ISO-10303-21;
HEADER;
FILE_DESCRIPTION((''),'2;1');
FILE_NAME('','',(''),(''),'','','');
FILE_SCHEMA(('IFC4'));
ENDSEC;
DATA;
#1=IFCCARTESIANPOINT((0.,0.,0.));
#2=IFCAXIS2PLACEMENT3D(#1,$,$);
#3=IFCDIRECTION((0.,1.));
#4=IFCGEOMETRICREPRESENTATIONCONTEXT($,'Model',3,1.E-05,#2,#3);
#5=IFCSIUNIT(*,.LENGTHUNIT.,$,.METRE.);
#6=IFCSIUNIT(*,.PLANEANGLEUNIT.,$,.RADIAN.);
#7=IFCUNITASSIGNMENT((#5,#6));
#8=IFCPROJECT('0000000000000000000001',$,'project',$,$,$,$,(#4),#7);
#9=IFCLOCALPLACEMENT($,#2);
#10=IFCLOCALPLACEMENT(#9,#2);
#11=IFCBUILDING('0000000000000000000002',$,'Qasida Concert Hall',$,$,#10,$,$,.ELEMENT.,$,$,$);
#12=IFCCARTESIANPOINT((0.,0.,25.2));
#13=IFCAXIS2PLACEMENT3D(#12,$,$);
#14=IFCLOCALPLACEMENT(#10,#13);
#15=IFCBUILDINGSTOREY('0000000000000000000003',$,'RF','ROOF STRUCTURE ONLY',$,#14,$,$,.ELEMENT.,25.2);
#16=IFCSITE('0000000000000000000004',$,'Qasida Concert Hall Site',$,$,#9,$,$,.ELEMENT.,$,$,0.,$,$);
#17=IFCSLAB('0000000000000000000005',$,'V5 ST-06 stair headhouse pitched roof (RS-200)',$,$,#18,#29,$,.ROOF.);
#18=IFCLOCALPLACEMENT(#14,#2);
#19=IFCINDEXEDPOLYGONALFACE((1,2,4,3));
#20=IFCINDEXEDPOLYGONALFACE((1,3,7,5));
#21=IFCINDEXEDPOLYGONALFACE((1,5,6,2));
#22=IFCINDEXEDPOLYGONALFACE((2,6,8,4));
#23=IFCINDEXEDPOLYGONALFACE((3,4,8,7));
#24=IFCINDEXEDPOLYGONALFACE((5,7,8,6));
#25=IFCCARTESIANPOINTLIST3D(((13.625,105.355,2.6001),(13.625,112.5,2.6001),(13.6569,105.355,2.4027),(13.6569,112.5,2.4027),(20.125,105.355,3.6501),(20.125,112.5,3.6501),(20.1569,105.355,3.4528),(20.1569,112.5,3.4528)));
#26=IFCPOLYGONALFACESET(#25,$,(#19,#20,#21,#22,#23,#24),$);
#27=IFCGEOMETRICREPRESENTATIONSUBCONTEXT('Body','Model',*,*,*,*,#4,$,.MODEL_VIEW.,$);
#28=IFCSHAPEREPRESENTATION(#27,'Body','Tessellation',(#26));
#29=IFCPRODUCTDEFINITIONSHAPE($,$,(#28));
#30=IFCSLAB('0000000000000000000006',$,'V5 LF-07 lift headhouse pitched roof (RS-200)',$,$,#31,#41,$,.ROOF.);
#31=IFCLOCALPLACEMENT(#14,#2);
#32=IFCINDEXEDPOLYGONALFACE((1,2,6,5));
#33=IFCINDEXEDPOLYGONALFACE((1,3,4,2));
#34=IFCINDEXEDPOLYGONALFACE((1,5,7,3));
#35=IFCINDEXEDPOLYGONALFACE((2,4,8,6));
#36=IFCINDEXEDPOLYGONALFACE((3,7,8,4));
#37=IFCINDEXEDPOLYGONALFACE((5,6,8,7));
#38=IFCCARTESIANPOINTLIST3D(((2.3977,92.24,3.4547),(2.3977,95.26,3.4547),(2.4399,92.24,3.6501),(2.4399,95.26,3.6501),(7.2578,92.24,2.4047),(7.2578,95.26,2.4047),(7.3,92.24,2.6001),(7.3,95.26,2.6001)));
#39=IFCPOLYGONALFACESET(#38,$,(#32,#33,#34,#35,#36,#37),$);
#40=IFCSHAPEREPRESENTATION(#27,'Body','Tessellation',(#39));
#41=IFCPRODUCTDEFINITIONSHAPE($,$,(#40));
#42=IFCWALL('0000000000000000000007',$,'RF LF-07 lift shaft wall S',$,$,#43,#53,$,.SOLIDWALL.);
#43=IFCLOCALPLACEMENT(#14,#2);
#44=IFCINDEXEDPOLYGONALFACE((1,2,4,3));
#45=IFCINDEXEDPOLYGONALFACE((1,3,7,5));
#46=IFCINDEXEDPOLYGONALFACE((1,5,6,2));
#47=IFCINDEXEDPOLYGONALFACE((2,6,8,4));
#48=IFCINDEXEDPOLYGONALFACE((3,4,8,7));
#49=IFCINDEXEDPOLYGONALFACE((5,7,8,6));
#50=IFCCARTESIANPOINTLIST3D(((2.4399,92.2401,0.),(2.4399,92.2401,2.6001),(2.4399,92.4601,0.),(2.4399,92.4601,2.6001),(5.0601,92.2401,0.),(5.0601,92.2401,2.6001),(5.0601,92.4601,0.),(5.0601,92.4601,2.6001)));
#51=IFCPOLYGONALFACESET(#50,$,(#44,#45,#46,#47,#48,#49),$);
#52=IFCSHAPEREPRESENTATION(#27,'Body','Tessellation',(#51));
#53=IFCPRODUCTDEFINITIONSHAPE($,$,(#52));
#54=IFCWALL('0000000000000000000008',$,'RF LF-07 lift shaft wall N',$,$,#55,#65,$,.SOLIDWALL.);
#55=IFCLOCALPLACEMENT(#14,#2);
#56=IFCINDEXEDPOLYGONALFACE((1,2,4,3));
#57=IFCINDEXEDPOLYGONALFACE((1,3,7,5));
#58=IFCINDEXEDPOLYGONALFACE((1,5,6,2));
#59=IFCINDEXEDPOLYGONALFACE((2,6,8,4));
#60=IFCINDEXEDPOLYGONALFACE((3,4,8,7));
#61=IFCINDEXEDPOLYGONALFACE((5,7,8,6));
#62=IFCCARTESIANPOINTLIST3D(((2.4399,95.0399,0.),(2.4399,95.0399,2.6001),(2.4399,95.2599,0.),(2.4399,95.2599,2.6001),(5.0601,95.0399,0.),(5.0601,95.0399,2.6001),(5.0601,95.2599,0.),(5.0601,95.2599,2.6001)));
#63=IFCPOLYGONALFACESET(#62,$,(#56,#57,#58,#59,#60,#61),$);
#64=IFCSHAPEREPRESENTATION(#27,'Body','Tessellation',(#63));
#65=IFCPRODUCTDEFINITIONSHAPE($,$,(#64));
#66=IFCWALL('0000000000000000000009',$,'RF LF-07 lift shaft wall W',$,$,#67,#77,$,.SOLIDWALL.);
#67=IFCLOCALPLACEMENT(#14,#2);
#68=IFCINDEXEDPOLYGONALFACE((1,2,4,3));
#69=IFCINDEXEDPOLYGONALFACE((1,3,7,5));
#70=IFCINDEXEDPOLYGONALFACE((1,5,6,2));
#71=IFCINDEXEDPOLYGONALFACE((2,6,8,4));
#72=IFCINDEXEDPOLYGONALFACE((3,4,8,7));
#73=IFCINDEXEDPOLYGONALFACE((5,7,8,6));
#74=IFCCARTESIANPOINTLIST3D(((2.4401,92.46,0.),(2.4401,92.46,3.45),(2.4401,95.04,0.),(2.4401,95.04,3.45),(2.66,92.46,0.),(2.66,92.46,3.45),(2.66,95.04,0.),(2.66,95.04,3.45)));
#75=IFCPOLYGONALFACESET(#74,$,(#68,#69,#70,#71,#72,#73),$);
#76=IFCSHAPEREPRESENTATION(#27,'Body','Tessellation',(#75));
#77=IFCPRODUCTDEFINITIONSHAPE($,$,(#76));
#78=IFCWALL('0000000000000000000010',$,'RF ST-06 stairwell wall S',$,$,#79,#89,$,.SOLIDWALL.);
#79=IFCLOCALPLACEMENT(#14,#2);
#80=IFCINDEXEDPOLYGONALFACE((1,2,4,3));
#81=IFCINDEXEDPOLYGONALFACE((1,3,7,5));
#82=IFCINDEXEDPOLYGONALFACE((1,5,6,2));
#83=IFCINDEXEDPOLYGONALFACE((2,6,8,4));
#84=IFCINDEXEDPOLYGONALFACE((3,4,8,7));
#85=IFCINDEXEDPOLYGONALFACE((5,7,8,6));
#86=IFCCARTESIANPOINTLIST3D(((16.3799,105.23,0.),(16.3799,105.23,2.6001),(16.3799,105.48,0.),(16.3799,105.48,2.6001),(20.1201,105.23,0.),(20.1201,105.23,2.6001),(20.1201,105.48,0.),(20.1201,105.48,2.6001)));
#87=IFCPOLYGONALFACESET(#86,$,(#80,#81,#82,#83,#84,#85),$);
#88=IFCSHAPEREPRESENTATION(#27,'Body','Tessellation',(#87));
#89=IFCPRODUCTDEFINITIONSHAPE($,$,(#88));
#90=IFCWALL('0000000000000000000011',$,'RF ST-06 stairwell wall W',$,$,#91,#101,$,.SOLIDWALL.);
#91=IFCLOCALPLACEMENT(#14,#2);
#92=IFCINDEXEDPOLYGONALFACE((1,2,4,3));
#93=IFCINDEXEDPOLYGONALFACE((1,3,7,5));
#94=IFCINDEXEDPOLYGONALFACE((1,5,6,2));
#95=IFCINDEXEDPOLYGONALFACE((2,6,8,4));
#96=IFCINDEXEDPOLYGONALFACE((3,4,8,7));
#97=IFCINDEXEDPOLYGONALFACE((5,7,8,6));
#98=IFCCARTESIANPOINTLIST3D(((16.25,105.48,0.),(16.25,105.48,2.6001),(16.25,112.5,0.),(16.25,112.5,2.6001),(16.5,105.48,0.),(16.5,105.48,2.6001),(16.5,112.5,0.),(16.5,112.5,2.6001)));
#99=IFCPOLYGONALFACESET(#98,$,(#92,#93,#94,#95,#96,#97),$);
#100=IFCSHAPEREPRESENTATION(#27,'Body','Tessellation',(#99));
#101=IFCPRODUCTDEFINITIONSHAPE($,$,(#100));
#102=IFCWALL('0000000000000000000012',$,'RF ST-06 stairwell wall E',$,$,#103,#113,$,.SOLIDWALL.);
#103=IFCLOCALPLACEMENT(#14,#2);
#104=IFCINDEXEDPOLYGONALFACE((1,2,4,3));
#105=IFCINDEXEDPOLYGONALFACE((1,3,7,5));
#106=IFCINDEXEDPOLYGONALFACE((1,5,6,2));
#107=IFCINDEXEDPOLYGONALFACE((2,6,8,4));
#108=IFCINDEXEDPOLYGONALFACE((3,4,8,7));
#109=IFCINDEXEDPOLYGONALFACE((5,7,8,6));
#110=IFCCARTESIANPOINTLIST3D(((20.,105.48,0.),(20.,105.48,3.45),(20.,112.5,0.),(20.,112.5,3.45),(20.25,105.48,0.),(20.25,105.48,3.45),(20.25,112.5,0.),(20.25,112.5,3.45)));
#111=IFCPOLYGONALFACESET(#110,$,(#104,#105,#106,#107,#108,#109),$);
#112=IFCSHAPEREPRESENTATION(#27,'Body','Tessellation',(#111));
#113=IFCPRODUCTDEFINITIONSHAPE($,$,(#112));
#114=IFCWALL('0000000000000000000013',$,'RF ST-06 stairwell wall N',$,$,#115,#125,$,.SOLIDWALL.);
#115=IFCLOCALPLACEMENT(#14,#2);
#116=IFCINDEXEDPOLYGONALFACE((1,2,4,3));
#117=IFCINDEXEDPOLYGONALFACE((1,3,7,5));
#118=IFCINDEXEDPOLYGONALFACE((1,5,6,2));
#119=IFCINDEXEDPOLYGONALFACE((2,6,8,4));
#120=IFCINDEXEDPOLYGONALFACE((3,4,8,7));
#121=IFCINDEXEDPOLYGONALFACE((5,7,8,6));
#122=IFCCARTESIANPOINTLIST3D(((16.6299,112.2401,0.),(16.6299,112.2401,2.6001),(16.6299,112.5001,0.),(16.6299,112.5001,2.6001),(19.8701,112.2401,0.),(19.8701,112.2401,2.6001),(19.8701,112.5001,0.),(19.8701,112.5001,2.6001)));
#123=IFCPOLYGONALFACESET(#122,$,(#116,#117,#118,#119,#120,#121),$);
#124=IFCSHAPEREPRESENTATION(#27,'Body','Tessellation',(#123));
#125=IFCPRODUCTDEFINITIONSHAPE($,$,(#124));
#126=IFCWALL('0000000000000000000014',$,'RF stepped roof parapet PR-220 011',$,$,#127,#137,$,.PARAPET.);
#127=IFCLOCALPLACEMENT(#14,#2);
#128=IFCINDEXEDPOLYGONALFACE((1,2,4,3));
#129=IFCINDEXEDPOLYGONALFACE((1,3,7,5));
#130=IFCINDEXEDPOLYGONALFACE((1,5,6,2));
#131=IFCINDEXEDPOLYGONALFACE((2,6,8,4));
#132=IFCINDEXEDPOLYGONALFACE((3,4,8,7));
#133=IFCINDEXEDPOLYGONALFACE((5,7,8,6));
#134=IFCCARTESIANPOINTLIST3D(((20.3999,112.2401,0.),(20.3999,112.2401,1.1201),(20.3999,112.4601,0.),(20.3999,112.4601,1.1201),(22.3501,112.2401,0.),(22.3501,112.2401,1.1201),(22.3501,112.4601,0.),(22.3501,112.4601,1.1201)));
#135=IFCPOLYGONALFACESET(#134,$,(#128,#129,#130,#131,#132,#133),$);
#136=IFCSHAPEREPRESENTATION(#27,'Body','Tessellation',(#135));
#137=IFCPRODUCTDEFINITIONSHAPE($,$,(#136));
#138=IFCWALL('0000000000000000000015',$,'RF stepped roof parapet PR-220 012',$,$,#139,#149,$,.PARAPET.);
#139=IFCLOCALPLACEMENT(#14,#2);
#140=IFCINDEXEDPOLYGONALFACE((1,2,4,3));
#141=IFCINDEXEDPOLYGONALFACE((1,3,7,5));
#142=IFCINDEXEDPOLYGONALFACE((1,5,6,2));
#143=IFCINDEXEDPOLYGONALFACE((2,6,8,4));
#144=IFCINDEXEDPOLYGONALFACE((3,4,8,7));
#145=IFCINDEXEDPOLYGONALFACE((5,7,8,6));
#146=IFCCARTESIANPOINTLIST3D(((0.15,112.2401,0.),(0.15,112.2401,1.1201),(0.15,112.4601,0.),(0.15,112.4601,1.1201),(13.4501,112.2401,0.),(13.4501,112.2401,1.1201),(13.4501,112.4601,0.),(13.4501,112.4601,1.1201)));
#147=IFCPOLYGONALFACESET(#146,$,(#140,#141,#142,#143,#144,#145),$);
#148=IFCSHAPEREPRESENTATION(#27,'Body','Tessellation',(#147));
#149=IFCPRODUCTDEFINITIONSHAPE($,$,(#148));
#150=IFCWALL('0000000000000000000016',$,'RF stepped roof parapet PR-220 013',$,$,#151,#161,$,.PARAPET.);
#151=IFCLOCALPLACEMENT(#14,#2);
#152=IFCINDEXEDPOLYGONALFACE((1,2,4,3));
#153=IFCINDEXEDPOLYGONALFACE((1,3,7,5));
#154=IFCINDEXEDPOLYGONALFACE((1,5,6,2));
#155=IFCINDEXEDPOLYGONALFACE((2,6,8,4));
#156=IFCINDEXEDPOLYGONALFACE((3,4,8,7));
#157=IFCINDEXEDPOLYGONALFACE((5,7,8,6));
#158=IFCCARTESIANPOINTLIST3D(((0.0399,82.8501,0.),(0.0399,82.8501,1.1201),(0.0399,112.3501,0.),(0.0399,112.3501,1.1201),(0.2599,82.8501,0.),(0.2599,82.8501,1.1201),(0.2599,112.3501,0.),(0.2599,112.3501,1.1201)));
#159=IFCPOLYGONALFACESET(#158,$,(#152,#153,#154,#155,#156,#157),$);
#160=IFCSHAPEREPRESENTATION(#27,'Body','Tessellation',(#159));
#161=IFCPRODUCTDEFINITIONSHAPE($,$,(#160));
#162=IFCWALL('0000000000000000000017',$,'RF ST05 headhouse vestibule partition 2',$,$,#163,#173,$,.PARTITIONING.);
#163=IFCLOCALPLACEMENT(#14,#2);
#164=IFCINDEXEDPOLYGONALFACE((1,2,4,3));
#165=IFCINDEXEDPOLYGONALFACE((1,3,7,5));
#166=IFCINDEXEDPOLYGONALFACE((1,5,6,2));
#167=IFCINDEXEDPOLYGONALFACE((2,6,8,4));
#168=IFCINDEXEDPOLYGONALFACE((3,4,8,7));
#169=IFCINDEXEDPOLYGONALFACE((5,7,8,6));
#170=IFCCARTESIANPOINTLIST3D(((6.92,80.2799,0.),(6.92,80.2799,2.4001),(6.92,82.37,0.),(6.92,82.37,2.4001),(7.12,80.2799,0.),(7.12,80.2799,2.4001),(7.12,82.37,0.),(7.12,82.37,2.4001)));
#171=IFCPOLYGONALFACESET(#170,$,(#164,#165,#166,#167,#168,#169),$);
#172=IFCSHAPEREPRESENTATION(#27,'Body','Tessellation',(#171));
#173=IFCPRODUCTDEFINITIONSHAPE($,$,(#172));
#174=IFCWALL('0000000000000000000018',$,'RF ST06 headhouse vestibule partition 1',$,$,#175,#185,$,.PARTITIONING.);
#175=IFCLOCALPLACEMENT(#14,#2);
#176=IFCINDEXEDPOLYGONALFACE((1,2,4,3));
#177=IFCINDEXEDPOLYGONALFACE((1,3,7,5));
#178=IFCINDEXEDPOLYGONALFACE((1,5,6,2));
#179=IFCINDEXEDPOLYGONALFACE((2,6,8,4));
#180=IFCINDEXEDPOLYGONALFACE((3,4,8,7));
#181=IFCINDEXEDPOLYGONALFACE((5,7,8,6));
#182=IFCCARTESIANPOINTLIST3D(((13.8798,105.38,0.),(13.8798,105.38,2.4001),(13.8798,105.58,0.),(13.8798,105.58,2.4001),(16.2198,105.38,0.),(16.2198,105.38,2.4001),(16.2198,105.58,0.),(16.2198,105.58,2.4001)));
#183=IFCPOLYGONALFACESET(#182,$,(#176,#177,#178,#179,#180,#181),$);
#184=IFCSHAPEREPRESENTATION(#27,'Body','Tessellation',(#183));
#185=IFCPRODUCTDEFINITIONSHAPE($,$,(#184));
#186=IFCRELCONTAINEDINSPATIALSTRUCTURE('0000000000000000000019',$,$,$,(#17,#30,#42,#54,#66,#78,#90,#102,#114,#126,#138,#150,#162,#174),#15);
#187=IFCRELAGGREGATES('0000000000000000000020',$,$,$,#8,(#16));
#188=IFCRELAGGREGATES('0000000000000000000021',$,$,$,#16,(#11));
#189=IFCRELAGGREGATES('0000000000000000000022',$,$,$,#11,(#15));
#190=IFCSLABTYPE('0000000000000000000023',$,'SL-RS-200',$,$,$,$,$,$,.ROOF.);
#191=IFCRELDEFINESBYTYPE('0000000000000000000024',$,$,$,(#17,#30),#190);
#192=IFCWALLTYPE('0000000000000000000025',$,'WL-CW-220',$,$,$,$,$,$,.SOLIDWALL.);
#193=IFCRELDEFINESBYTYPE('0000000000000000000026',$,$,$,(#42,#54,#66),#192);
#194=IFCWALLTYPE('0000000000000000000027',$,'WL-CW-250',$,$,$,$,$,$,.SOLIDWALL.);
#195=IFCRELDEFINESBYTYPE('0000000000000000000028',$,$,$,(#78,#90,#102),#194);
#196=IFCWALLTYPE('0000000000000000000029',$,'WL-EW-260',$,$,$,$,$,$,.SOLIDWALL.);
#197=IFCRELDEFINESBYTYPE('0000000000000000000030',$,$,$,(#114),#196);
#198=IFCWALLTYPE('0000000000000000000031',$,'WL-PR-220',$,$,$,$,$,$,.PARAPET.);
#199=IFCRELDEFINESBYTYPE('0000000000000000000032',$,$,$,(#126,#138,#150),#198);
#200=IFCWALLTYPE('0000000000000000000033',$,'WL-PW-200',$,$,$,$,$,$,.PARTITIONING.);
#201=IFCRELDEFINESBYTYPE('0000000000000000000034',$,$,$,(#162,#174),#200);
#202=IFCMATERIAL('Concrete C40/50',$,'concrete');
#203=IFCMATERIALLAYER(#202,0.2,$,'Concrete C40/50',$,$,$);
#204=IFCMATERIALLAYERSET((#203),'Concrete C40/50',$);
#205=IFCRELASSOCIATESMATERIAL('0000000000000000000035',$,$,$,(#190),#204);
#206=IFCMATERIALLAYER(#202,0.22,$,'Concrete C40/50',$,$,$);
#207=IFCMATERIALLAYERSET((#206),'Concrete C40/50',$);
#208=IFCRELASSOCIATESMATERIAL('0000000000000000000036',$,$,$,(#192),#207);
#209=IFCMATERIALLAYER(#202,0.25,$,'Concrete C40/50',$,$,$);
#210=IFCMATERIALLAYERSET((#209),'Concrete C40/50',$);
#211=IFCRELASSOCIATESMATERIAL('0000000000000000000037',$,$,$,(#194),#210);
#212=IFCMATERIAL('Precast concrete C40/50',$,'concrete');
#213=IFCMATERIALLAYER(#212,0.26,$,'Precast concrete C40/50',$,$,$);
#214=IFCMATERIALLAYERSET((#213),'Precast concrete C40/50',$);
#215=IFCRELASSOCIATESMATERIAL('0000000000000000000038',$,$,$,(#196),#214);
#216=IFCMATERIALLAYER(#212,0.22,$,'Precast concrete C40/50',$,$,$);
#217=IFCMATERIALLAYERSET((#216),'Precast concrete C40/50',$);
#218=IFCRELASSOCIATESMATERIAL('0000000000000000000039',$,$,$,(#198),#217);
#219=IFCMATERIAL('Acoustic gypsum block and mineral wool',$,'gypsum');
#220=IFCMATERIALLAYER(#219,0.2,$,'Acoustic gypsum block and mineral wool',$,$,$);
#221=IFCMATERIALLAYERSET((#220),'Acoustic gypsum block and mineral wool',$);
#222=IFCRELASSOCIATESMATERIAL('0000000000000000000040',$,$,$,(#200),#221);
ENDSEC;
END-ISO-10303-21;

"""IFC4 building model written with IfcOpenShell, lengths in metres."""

from ifc_helpers import new_model, si_unit, direction, frame, frame_2d, origin, place, context, subcontext, project, spatial, polyline, rectangle, outline, extrude, material, layer, layer_set, type_object, element, save


model = new_model("IFC4")

# Units and contexts
model_context = context("Model", 3, precision=1e-05, world=origin(), true_north=direction((0.0, 1.0)))
body_context = subcontext(model_context, "Body", "Model", "MODEL_VIEW")
ifc_project = project(units=[si_unit("LENGTHUNIT", "METRE"), si_unit("PLANEANGLEUNIT", "RADIAN")], contexts=[model_context])

# Site, building, storey
site_placement = place(None, origin())
site = spatial("IfcSite", under=ifc_project, at=site_placement, Name="Qasida Concert Hall Site", CompositionType="ELEMENT", RefElevation=0.0)
building_placement = place(site_placement, origin())
building = spatial("IfcBuilding", under=site, at=building_placement, Name="Qasida Concert Hall", CompositionType="ELEMENT")
storey_placement = place(building_placement, frame((0.0, 0.0, 25.2)))
storey = spatial("IfcBuildingStorey", under=building, at=storey_placement, Name="RF", Description="ROOF STRUCTURE ONLY", CompositionType="ELEMENT", Elevation=25.2)

# Slabs
ifc_material_1 = material(Name="Concrete C40/50", Category="concrete")
ifc_layer_1 = layer(ifc_material_1, 0.2, Name="Concrete C40/50")
ifc_layer_set_1 = layer_set([ifc_layer_1], Name="Concrete C40/50")
slab_type = type_object("IfcSlabType", Name="SL-RS-200", PredefinedType="ROOF", material=ifc_layer_set_1)
slab_1_placement = place(storey_placement, frame((20.125, 105.355, 3.6501), z_axis=(-0.159478, 0.0, 0.987201), x_axis=(0.0, 1.0, 0.0)))
element("IfcSlab", 1, at=slab_1_placement, inside=storey, type_object=slab_type, Name="V5 ST-06 stair headhouse pitched roof (RS-200)", PredefinedType="ROOF", context=body_context, shape_type="SweptSolid", body=[
    extrude(outline(polyline([(0.0, 0.0), (7.145, 0.0), (7.145, 6.5843), (0.0, 6.5843), (0.0, 0.0)])), origin(), (0.0, 0.0, -1.0), 0.2),
])
slab_2_placement = place(storey_placement, frame((2.4399, 92.24, 3.6501), z_axis=(0.211182, 0.0, 0.977447), x_axis=(0.0, 1.0, 0.0)))
element("IfcSlab", 2, at=slab_2_placement, inside=storey, type_object=slab_type, Name="V5 LF-07 lift headhouse pitched roof (RS-200)", PredefinedType="ROOF", context=body_context, shape_type="SweptSolid", body=[
    extrude(outline(polyline([(0.0, 0.0), (3.02, 0.0), (3.02, -4.9722), (0.0, -4.9722), (0.0, 0.0)])), origin(), (0.0, 0.0, -1.0), 0.2),
])

# Walls
ifc_layer_2 = layer(ifc_material_1, 0.22, Name="Concrete C40/50")
ifc_layer_set_2 = layer_set([ifc_layer_2], Name="Concrete C40/50")
wall_type_1 = type_object("IfcWallType", Name="WL-CW-220", PredefinedType="SOLIDWALL", material=ifc_layer_set_2)
for number, where, z_axis, x_axis, name in (
    (3, (2.4399, 92.3501, 0.0), (0.0, 0.0, 1.0), (1.0, 0.0, 0.0), "RF LF-07 lift shaft wall S"),
    (4, (2.4399, 95.1499, 0.0), (0.0, 0.0, 1.0), (1.0, 0.0, 0.0), "RF LF-07 lift shaft wall N"),
):
    element("IfcWall", number, at=place(storey_placement, frame(where, z_axis=z_axis, x_axis=x_axis)), inside=storey, type_object=wall_type_1, Name=name, PredefinedType="SOLIDWALL", context=body_context, shape_type="SweptSolid", body=[
        extrude(rectangle(XDim=2.6201, YDim=0.22, at=frame_2d((1.3101, 0.0))), origin(), (0.0, 0.0, 1.0), 2.6001),
    ])
wall_1_placement = place(storey_placement, frame((2.55, 92.46, 0.0), z_axis=(0.0, 0.0, 1.0), x_axis=(0.0, 1.0, 0.0)))
element("IfcWall", 5, at=wall_1_placement, inside=storey, type_object=wall_type_1, Name="RF LF-07 lift shaft wall W", PredefinedType="SOLIDWALL", context=body_context, shape_type="SweptSolid", body=[
    extrude(rectangle(XDim=2.5801, YDim=0.22, at=frame_2d((1.29, 0.0))), origin(), (0.0, 0.0, 1.0), 3.45),
])

# Walls
ifc_layer_3 = layer(ifc_material_1, 0.25, Name="Concrete C40/50")
ifc_layer_set_3 = layer_set([ifc_layer_3], Name="Concrete C40/50")
wall_type_2 = type_object("IfcWallType", Name="WL-CW-250", PredefinedType="SOLIDWALL", material=ifc_layer_set_3)
wall_2_placement = place(storey_placement, frame((16.3799, 105.355, 0.0), z_axis=(0.0, 0.0, 1.0), x_axis=(1.0, 0.0, 0.0)))
element("IfcWall", 6, at=wall_2_placement, inside=storey, type_object=wall_type_2, Name="RF ST-06 stairwell wall S", PredefinedType="SOLIDWALL", context=body_context, shape_type="SweptSolid", body=[
    extrude(rectangle(XDim=3.7402, YDim=0.25, at=frame_2d((1.8701, 0.0))), origin(), (0.0, 0.0, 1.0), 2.6001),
])
wall_3_placement = place(storey_placement, frame((16.375, 105.48, 0.0), z_axis=(0.0, 0.0, 1.0), x_axis=(0.0, 1.0, 0.0)))
element("IfcWall", 7, at=wall_3_placement, inside=storey, type_object=wall_type_2, Name="RF ST-06 stairwell wall W", PredefinedType="SOLIDWALL", context=body_context, shape_type="SweptSolid", body=[
    extrude(rectangle(XDim=7.02, YDim=0.25, at=frame_2d((3.51, 0.0))), origin(), (0.0, 0.0, 1.0), 2.6001),
])
wall_4_placement = place(storey_placement, frame((20.125, 105.48, 0.0), z_axis=(0.0, 0.0, 1.0), x_axis=(0.0, 1.0, 0.0)))
element("IfcWall", 8, at=wall_4_placement, inside=storey, type_object=wall_type_2, Name="RF ST-06 stairwell wall E", PredefinedType="SOLIDWALL", context=body_context, shape_type="SweptSolid", body=[
    extrude(rectangle(XDim=7.02, YDim=0.25, at=frame_2d((3.51, 0.0))), origin(), (0.0, 0.0, 1.0), 3.45),
])
ifc_material_2 = material(Name="Precast concrete C40/50", Category="concrete")
ifc_layer_4 = layer(ifc_material_2, 0.26, Name="Precast concrete C40/50")
ifc_layer_set_4 = layer_set([ifc_layer_4], Name="Precast concrete C40/50")
wall_type_3 = type_object("IfcWallType", Name="WL-EW-260", PredefinedType="SOLIDWALL", material=ifc_layer_set_4)
wall_5_placement = place(storey_placement, frame((16.6299, 112.3701, 0.0), z_axis=(0.0, 0.0, 1.0), x_axis=(1.0, 0.0, 0.0)))
element("IfcWall", 9, at=wall_5_placement, inside=storey, type_object=wall_type_3, Name="RF ST-06 stairwell wall N", PredefinedType="SOLIDWALL", context=body_context, shape_type="SweptSolid", body=[
    extrude(rectangle(XDim=3.2402, YDim=0.26, at=frame_2d((1.6201, 0.0))), origin(), (0.0, 0.0, 1.0), 2.6001),
])

# Walls
ifc_layer_5 = layer(ifc_material_2, 0.22, Name="Precast concrete C40/50")
ifc_layer_set_5 = layer_set([ifc_layer_5], Name="Precast concrete C40/50")
wall_type_4 = type_object("IfcWallType", Name="WL-PR-220", PredefinedType="PARAPET", material=ifc_layer_set_5)
wall_6_placement = place(storey_placement, frame((22.3501, 112.3501, 0.0), z_axis=(0.0, 0.0, 1.0), x_axis=(-1.0, 0.0, 0.0)))
element("IfcWall", 10, at=wall_6_placement, inside=storey, type_object=wall_type_4, Name="RF stepped roof parapet PR-220 011", PredefinedType="PARAPET", context=body_context, shape_type="SweptSolid", body=[
    extrude(rectangle(XDim=1.9502, YDim=0.22, at=frame_2d((0.9751, 0.0))), origin(), (0.0, 0.0, 1.0), 1.1201),
])
wall_7_placement = place(storey_placement, frame((13.45, 112.3501, 0.0), z_axis=(0.0, 0.0, 1.0), x_axis=(-1.0, 0.0, 0.0)))
element("IfcWall", 11, at=wall_7_placement, inside=storey, type_object=wall_type_4, Name="RF stepped roof parapet PR-220 012", PredefinedType="PARAPET", context=body_context, shape_type="SweptSolid", body=[
    extrude(rectangle(XDim=13.3, YDim=0.22, at=frame_2d((6.6499, 0.0))), origin(), (0.0, 0.0, 1.0), 1.1201),
])
wall_8_placement = place(storey_placement, frame((0.1499, 112.3501, 0.0), z_axis=(0.0, 0.0, 1.0), x_axis=(0.0, -1.0, 0.0)))
element("IfcWall", 12, at=wall_8_placement, inside=storey, type_object=wall_type_4, Name="RF stepped roof parapet PR-220 013", PredefinedType="PARAPET", context=body_context, shape_type="SweptSolid", body=[
    extrude(rectangle(XDim=29.5, YDim=0.22, at=frame_2d((14.75, 0.0))), origin(), (0.0, 0.0, 1.0), 1.1201),
])
ifc_material_3 = material(Name="Acoustic gypsum block and mineral wool", Category="gypsum")
ifc_layer_6 = layer(ifc_material_3, 0.2, Name="Acoustic gypsum block and mineral wool")
ifc_layer_set_6 = layer_set([ifc_layer_6], Name="Acoustic gypsum block and mineral wool")
wall_type_5 = type_object("IfcWallType", Name="WL-PW-200", PredefinedType="PARTITIONING", material=ifc_layer_set_6)
wall_9_placement = place(storey_placement, frame((7.02, 80.28, 0.0), z_axis=(0.0, 0.0, 1.0), x_axis=(0.0, 1.0, 0.0)))
element("IfcWall", 13, at=wall_9_placement, inside=storey, type_object=wall_type_5, Name="RF ST05 headhouse vestibule partition 2", PredefinedType="PARTITIONING", context=body_context, shape_type="SweptSolid", body=[
    extrude(rectangle(XDim=2.0901, YDim=0.2, at=frame_2d((1.0449, 0.0))), origin(), (0.0, 0.0, 1.0), 2.4001),
])
for number, where, z_axis, x_axis, name in (
    (14, (13.8799, 105.48, 0.0), (0.0, 0.0, 1.0), (1.0, 0.0, 0.0), "RF ST06 headhouse vestibule partition 1"),
):
    element("IfcWall", number, at=place(storey_placement, frame(where, z_axis=z_axis, x_axis=x_axis)), inside=storey, type_object=wall_type_5, Name=name, PredefinedType="PARTITIONING", context=body_context, shape_type="SweptSolid", body=[
        extrude(rectangle(XDim=2.3401, YDim=0.2, at=frame_2d((1.1699, 0.0))), origin(), (0.0, 0.0, 1.0), 2.4001),
    ])

save(model, "model.ifc")
